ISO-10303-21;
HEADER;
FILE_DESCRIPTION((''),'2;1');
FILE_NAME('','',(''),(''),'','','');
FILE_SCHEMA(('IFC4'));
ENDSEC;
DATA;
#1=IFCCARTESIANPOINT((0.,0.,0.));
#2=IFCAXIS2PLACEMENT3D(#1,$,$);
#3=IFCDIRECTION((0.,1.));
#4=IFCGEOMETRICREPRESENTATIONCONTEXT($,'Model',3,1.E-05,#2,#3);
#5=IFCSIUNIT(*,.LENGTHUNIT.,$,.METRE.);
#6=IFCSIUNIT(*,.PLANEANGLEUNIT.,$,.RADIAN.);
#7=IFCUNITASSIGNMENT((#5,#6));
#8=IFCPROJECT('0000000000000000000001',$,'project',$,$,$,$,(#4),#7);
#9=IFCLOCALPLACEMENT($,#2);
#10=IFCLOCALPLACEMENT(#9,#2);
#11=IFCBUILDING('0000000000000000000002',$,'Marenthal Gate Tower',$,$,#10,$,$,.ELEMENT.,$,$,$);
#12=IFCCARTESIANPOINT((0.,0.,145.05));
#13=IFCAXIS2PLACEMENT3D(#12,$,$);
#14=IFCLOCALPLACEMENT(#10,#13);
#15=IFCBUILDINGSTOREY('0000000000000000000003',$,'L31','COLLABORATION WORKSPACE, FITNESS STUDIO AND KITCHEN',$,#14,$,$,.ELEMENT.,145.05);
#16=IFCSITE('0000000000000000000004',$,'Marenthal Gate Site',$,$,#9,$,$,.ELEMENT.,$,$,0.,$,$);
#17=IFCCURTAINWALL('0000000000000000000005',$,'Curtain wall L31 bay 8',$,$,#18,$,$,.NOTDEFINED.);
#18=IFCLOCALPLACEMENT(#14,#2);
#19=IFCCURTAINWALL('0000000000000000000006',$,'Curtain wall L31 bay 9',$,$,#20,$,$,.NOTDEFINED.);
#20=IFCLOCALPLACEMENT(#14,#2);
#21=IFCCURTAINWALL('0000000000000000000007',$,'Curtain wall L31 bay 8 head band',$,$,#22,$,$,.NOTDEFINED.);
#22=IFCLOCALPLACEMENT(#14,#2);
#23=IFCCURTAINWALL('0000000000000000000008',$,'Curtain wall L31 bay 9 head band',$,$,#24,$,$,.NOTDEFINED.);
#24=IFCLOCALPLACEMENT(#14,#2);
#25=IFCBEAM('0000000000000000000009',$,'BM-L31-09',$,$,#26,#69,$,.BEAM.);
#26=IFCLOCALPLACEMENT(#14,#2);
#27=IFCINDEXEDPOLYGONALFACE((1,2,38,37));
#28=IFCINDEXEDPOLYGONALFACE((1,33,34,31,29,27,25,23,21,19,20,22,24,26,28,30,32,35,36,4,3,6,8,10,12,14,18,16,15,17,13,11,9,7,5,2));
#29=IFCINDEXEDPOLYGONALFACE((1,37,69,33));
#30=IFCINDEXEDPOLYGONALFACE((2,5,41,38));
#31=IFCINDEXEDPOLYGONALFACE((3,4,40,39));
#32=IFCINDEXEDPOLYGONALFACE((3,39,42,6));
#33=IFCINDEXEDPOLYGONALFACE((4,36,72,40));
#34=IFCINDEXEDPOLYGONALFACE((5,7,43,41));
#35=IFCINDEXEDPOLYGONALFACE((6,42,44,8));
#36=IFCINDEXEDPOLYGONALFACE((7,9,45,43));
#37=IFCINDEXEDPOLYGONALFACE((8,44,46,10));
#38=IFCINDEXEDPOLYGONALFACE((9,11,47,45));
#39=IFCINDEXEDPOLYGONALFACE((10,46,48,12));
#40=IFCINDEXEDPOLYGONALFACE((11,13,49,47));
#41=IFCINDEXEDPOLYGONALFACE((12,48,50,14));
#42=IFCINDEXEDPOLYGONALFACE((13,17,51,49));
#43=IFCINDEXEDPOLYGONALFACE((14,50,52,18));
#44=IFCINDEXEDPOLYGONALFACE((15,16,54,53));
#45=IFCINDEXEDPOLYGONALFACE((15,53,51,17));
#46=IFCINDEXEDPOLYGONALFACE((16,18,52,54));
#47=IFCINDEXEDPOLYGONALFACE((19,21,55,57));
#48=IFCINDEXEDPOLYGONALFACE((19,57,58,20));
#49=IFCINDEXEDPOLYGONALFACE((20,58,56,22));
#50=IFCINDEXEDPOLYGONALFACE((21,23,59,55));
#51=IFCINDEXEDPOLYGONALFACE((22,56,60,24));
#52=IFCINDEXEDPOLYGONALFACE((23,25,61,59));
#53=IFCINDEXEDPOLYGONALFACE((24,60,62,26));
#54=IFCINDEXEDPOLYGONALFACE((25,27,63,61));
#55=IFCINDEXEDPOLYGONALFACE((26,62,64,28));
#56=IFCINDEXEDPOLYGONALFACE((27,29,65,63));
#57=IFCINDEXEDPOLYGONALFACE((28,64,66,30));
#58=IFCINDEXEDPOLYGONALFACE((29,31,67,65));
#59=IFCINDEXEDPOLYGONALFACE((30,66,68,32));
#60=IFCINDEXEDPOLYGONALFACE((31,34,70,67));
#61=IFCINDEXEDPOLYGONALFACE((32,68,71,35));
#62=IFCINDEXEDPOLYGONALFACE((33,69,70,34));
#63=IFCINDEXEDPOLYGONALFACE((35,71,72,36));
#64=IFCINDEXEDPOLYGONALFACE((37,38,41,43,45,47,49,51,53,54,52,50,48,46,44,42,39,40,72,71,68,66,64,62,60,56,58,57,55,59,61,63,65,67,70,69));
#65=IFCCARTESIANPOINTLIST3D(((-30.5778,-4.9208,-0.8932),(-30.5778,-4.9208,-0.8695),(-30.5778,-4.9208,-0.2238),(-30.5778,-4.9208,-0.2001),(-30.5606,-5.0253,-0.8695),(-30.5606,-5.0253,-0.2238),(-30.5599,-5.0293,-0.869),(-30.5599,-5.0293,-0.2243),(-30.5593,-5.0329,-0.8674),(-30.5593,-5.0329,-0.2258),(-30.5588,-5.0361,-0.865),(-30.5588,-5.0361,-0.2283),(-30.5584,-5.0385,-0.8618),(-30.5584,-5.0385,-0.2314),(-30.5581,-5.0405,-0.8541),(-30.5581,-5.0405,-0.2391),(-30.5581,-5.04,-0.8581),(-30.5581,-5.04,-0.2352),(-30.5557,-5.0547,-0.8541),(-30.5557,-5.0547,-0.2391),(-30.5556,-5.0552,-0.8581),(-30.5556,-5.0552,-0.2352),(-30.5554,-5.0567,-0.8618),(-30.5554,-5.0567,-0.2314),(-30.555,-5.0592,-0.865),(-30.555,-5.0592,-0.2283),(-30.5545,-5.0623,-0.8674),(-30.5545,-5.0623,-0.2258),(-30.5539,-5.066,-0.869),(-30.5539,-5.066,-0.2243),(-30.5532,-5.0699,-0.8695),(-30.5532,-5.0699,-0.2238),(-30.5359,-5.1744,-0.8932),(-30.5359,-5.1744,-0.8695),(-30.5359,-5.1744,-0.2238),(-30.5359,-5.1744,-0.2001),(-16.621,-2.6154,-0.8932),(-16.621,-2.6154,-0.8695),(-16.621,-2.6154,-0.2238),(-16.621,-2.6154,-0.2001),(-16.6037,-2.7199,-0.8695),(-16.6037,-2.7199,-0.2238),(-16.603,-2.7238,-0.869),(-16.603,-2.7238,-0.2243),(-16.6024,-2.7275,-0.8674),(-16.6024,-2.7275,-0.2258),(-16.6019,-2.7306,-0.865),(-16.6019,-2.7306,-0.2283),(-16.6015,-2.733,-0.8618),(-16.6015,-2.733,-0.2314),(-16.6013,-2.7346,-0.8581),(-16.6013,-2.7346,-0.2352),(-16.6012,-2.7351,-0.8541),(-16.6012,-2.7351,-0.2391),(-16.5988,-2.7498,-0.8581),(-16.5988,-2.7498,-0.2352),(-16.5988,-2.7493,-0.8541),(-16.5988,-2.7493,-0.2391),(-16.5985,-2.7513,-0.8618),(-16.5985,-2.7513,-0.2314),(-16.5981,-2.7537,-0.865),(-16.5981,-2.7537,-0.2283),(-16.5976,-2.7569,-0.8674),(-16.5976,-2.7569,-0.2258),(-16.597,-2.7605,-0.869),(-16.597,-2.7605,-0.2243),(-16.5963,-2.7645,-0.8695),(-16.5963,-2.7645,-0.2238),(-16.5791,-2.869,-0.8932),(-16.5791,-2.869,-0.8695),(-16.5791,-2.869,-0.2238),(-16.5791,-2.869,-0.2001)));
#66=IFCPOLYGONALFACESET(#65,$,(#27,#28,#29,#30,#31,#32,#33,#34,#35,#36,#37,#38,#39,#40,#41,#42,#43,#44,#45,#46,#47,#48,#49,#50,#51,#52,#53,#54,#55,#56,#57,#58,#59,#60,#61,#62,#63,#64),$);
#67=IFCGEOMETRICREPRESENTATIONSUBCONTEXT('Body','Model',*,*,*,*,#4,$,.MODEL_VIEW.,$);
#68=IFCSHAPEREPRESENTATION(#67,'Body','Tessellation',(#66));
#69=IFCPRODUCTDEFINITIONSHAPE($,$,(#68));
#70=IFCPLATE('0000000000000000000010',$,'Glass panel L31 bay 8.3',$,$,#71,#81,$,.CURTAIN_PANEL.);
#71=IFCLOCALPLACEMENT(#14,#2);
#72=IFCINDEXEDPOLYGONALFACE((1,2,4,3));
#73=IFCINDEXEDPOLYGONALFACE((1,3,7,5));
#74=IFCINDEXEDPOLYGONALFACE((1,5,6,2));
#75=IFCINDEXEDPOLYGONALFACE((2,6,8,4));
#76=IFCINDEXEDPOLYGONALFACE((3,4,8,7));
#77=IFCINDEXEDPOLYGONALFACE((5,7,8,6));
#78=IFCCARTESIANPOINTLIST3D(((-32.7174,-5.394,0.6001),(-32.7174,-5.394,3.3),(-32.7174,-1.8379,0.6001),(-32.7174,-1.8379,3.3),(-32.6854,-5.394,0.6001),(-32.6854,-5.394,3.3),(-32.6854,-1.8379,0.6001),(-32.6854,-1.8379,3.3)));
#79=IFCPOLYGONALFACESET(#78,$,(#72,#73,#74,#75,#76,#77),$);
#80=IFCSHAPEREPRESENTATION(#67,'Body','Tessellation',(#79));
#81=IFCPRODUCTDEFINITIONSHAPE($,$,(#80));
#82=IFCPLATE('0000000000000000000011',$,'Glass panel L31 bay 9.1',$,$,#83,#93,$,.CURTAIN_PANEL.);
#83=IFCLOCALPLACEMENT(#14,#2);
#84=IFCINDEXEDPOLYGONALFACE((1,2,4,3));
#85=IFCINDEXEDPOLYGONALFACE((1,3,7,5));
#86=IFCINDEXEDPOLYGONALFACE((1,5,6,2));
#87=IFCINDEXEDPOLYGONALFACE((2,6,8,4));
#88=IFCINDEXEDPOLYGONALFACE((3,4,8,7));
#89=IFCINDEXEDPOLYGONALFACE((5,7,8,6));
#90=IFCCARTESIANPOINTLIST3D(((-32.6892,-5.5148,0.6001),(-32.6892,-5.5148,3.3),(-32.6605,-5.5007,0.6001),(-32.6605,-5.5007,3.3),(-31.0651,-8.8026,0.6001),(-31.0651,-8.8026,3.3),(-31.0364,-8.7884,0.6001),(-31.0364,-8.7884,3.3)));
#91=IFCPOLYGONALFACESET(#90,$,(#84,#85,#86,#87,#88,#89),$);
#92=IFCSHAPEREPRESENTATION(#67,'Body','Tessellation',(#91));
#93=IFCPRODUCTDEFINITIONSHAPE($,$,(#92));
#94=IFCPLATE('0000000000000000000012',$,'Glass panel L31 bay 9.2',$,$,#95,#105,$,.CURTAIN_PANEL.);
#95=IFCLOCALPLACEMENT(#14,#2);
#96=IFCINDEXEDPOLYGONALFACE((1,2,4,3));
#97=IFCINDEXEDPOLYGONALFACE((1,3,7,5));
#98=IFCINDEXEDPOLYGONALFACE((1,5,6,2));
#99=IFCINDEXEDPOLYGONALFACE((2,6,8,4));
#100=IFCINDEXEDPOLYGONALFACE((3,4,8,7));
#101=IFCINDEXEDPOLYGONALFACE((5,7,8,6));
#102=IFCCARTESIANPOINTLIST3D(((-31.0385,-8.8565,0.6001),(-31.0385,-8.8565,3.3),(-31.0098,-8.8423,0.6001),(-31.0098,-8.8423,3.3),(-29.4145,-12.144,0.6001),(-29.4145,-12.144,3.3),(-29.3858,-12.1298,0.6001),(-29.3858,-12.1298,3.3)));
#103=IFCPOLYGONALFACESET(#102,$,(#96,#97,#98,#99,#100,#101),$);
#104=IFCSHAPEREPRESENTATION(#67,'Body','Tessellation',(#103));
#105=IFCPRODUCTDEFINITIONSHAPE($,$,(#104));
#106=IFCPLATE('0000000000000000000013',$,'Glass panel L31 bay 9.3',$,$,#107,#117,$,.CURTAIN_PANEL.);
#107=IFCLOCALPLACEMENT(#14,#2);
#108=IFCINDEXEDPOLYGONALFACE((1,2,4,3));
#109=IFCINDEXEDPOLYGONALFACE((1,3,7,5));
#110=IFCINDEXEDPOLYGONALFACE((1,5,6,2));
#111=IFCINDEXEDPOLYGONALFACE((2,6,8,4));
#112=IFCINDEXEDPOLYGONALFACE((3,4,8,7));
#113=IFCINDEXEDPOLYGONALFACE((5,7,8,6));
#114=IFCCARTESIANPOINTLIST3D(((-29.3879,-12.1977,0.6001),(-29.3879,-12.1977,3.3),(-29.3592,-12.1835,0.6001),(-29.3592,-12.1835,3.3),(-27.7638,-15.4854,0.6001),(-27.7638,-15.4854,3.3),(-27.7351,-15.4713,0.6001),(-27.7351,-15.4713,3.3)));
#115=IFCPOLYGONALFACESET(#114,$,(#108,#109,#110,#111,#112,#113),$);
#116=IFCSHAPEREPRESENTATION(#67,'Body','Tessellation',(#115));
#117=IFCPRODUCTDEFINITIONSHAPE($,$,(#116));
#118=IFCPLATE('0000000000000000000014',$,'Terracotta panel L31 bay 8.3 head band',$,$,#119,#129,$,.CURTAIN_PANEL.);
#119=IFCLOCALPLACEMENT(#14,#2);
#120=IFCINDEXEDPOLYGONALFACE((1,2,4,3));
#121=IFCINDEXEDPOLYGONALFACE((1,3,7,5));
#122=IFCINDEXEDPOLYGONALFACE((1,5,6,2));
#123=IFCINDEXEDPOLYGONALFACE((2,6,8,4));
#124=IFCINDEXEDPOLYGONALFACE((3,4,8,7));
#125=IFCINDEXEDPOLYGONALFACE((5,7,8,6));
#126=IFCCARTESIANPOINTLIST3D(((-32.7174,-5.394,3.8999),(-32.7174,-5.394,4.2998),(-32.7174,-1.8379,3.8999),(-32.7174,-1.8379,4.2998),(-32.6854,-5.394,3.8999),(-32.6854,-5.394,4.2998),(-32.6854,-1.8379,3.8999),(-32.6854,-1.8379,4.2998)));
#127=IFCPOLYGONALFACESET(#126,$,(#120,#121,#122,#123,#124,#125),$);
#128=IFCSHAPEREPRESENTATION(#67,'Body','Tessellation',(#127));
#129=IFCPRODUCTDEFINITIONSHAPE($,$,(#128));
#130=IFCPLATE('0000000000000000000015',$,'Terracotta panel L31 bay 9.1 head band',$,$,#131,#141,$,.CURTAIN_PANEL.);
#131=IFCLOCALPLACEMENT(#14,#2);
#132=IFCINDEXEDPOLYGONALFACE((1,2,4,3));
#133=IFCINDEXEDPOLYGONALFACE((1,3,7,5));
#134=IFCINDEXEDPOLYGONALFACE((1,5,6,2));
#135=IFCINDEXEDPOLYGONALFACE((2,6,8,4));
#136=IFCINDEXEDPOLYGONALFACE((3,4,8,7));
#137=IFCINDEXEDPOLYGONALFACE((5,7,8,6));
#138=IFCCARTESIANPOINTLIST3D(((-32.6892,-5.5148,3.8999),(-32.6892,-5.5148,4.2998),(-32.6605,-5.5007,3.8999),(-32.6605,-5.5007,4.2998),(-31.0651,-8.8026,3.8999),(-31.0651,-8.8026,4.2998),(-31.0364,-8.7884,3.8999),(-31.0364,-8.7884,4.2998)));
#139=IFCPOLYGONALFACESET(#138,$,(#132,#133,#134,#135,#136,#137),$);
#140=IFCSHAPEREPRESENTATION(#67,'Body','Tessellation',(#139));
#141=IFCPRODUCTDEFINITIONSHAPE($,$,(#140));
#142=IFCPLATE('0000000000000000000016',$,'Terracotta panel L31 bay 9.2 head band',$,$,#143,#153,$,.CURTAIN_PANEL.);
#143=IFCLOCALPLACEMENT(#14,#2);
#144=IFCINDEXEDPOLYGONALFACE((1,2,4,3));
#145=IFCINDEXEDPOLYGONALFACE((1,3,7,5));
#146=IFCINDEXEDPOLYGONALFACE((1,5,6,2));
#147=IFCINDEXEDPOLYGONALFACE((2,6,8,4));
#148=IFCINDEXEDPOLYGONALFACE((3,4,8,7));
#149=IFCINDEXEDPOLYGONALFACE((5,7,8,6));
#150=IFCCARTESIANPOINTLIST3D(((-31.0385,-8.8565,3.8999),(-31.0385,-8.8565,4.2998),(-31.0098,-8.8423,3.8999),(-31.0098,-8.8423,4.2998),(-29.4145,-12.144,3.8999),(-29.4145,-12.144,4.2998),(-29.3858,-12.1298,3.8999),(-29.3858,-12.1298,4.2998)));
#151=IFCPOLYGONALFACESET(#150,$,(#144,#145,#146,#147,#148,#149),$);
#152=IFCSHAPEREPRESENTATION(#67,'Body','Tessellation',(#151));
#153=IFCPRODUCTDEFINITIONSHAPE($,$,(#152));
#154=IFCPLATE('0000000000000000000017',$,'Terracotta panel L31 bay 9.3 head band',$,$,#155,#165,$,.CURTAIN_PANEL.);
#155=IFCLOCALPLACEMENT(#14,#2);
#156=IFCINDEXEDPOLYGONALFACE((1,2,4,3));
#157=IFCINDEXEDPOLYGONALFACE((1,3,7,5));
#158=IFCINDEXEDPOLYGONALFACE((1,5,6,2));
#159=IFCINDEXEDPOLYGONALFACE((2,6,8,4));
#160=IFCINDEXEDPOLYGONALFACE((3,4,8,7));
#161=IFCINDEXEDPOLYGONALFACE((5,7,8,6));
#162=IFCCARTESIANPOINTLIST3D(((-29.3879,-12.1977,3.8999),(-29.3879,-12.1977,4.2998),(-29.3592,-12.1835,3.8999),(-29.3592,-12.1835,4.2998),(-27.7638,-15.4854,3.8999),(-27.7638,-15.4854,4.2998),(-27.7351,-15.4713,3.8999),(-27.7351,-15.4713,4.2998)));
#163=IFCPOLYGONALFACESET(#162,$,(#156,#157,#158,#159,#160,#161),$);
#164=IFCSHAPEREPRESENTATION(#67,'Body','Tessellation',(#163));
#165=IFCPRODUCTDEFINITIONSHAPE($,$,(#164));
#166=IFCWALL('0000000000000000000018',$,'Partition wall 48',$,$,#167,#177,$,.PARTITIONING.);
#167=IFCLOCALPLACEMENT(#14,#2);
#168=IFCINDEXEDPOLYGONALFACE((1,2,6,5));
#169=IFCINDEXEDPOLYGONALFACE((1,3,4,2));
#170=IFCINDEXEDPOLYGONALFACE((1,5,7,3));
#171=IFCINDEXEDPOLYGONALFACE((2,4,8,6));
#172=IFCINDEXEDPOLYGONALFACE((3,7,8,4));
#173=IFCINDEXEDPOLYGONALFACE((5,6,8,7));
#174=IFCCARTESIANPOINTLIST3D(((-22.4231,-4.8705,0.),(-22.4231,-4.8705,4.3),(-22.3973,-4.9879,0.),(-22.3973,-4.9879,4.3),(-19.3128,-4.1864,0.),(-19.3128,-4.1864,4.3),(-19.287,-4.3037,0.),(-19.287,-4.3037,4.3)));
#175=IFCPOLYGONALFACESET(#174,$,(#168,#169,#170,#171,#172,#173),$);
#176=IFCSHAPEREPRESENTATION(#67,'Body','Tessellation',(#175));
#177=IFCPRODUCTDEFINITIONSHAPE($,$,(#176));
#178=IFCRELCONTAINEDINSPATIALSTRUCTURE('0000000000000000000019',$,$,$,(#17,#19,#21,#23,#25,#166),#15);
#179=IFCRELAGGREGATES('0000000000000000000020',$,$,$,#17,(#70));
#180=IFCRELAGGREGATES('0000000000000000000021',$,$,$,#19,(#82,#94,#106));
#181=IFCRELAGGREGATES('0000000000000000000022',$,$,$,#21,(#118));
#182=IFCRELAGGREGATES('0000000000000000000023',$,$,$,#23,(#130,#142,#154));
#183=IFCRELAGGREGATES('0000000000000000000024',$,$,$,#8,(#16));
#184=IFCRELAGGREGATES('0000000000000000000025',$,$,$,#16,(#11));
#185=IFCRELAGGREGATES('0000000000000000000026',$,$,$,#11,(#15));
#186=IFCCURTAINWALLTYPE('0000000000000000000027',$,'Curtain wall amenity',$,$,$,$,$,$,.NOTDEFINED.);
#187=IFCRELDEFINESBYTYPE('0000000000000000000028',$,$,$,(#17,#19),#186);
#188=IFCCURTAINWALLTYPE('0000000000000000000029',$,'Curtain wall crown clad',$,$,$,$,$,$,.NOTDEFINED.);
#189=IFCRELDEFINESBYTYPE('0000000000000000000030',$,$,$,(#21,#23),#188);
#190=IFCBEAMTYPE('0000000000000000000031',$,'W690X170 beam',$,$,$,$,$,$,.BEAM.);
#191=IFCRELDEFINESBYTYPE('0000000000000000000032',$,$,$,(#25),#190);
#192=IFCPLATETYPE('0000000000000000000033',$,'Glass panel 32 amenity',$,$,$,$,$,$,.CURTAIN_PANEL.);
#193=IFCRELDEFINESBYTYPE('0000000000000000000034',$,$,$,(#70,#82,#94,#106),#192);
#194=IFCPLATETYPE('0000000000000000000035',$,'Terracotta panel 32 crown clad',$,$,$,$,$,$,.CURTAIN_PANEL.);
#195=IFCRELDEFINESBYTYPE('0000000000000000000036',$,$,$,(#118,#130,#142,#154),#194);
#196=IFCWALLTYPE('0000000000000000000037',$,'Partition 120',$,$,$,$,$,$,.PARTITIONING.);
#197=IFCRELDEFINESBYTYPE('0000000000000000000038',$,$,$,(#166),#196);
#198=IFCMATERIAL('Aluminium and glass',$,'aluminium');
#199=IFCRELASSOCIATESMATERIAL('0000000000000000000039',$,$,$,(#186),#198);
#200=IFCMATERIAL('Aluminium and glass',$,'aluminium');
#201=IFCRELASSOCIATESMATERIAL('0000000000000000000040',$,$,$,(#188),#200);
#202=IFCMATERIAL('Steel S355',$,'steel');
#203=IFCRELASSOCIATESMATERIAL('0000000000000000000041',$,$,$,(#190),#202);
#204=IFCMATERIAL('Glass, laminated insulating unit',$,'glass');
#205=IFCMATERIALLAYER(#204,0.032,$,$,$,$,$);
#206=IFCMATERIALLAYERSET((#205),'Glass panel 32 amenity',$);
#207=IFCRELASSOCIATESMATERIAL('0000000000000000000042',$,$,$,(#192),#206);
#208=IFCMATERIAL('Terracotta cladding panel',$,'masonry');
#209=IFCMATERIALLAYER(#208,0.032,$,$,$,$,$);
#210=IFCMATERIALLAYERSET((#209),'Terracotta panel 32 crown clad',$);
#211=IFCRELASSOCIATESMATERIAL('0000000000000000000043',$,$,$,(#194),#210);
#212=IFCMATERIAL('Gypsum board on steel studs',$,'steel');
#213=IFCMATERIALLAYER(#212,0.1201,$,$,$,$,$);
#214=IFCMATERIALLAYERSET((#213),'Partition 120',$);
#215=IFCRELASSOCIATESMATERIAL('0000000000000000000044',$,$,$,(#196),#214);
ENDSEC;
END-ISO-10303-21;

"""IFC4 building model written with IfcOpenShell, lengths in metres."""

from ifc_helpers import new_model, si_unit, direction, frame, frame_2d, origin, origin_2d, place, context, subcontext, project, spatial, rectangle, i_section, extrude, material, layer, layer_set, material_profile, profile_set, type_object, element, aggregate, save


model = new_model("IFC4")

# Units and contexts
model_context = context("Model", 3, precision=1e-05, world=origin(), true_north=direction((0.0, 1.0)))
body_context = subcontext(model_context, "Body", "Model", "MODEL_VIEW")
ifc_project = project(units=[si_unit("LENGTHUNIT", "METRE"), si_unit("PLANEANGLEUNIT", "RADIAN")], contexts=[model_context])

# Site, building, storey
site_placement = place(None, origin())
site = spatial("IfcSite", under=ifc_project, at=site_placement, Name="Marenthal Gate Site", CompositionType="ELEMENT", RefElevation=0.0)
building_placement = place(site_placement, origin())
building = spatial("IfcBuilding", under=site, at=building_placement, Name="Marenthal Gate Tower", CompositionType="ELEMENT")
storey_placement = place(building_placement, frame((0.0, 0.0, 145.05)))
storey = spatial("IfcBuildingStorey", under=building, at=storey_placement, Name="L31", Description="COLLABORATION WORKSPACE, FITNESS STUDIO AND KITCHEN", CompositionType="ELEMENT", Elevation=145.05)

# Curtain walls
ifc_material_1 = material(Name="Aluminium and glass", Category="aluminium")
curtain_wall_type_1 = type_object("IfcCurtainWallType", Name="Curtain wall amenity", PredefinedType="NOTDEFINED", material=ifc_material_1)
curtain_wall_1_placement = place(storey_placement, origin())
curtain_wall_1 = element("IfcCurtainWall", 1, at=curtain_wall_1_placement, inside=storey, type_object=curtain_wall_type_1, Name="Curtain wall L31 bay 8", PredefinedType="NOTDEFINED")
curtain_wall_2_placement = place(storey_placement, origin())
curtain_wall_2 = element("IfcCurtainWall", 2, at=curtain_wall_2_placement, inside=storey, type_object=curtain_wall_type_1, Name="Curtain wall L31 bay 9", PredefinedType="NOTDEFINED")
ifc_material_2 = material(Name="Aluminium and glass", Category="aluminium")
curtain_wall_type_2 = type_object("IfcCurtainWallType", Name="Curtain wall crown clad", PredefinedType="NOTDEFINED", material=ifc_material_2)
curtain_wall_3_placement = place(storey_placement, origin())
curtain_wall_3 = element("IfcCurtainWall", 3, at=curtain_wall_3_placement, inside=storey, type_object=curtain_wall_type_2, Name="Curtain wall L31 bay 8 head band", PredefinedType="NOTDEFINED")
curtain_wall_4_placement = place(storey_placement, origin())
curtain_wall_4 = element("IfcCurtainWall", 4, at=curtain_wall_4_placement, inside=storey, type_object=curtain_wall_type_2, Name="Curtain wall L31 bay 9 head band", PredefinedType="NOTDEFINED")

# Beam
ifc_material_3 = material(Name="Steel S355", Category="steel")
ifc_material_profile_1 = material_profile(ifc_material_3, i_section(OverallWidth=0.2571, OverallDepth=0.6931, WebThickness=0.0144, FlangeThickness=0.0237, FilletRadius=0.0154, at=origin_2d()), Name="W690X170")
ifc_profile_set_1 = profile_set([ifc_material_profile_1], Name="Steel S355")
beam_type_1 = type_object("IfcBeamType", Name="W690X170 beam", PredefinedType="BEAM", material=ifc_profile_set_1)
beam_1_placement = place(storey_placement, frame((-30.5569, -5.0476, -0.5466), z_axis=(0.98663, 0.162974, 0.0), x_axis=(-0.162974, 0.98663, 0.0)))
element("IfcBeam", 5, at=beam_1_placement, inside=storey, type_object=beam_type_1, Name="BM-L31-09", PredefinedType="BEAM", context=body_context, shape_type="SweptSolid", body=[
    extrude(i_section(OverallWidth=0.2571, OverallDepth=0.6931, WebThickness=0.0144, FlangeThickness=0.0237, FilletRadius=0.0154, at=origin_2d()), origin(), (0.0, 0.0, 1.0), 14.146),
])

# Plates
ifc_material_4 = material(Name="Glass, laminated insulating unit", Category="glass")
ifc_layer_1 = layer(ifc_material_4, 0.032)
ifc_layer_set_1 = layer_set([ifc_layer_1], Name="Glass panel 32 amenity")
plate_type_1 = type_object("IfcPlateType", Name="Glass panel 32 amenity", PredefinedType="CURTAIN_PANEL", material=ifc_layer_set_1)
plate_1_placement = place(storey_placement, frame((-32.7014, -3.616, 0.6001), z_axis=(0.0, 0.0, 1.0), x_axis=(0.0, -1.0, 0.0)))
plate_1 = element("IfcPlate", 6, at=plate_1_placement, type_object=plate_type_1, Name="Glass panel L31 bay 8.3", PredefinedType="CURTAIN_PANEL", context=body_context, shape_type="SweptSolid", body=[
    extrude(rectangle(XDim=3.5562, YDim=0.032, at=origin_2d()), origin(), (0.0, 0.0, 1.0), 2.7),
])
aggregate(curtain_wall_1, [plate_1])
plate_2_placement = place(storey_placement, frame((-31.8628, -7.1516, 0.6001), z_axis=(0.0, 0.0, 1.0), x_axis=(0.442895, -0.896573, 0.0)))
plate_2 = element("IfcPlate", 7, at=plate_2_placement, type_object=plate_type_1, Name="Glass panel L31 bay 9.1", PredefinedType="CURTAIN_PANEL", context=body_context, shape_type="SweptSolid", body=[
    extrude(rectangle(XDim=3.667, YDim=0.032, at=origin_2d()), origin(), (0.0, 0.0, 1.0), 2.7),
])
plate_3_placement = place(storey_placement, frame((-30.2122, -10.4932, 0.6001), z_axis=(0.0, 0.0, 1.0), x_axis=(0.442895, -0.896573, 0.0)))
plate_3 = element("IfcPlate", 8, at=plate_3_placement, type_object=plate_type_1, Name="Glass panel L31 bay 9.2", PredefinedType="CURTAIN_PANEL", context=body_context, shape_type="SweptSolid", body=[
    extrude(rectangle(XDim=3.6667, YDim=0.032, at=origin_2d()), origin(), (0.0, 0.0, 1.0), 2.7),
])
plate_4_placement = place(storey_placement, frame((-28.5615, -13.8345, 0.6001), z_axis=(0.0, 0.0, 1.0), x_axis=(0.442895, -0.896573, 0.0)))
plate_4 = element("IfcPlate", 9, at=plate_4_placement, type_object=plate_type_1, Name="Glass panel L31 bay 9.3", PredefinedType="CURTAIN_PANEL", context=body_context, shape_type="SweptSolid", body=[
    extrude(rectangle(XDim=3.667, YDim=0.032, at=origin_2d()), origin(), (0.0, 0.0, 1.0), 2.7),
])
aggregate(curtain_wall_2, [plate_2, plate_3, plate_4])
ifc_material_5 = material(Name="Terracotta cladding panel", Category="masonry")
ifc_layer_2 = layer(ifc_material_5, 0.032)
ifc_layer_set_2 = layer_set([ifc_layer_2], Name="Terracotta panel 32 crown clad")
plate_type_2 = type_object("IfcPlateType", Name="Terracotta panel 32 crown clad", PredefinedType="CURTAIN_PANEL", material=ifc_layer_set_2)
plate_5_placement = place(storey_placement, frame((-32.7014, -3.616, 3.8999), z_axis=(0.0, 0.0, 1.0), x_axis=(0.0, -1.0, 0.0)))
plate_5 = element("IfcPlate", 10, at=plate_5_placement, type_object=plate_type_2, Name="Terracotta panel L31 bay 8.3 head band", PredefinedType="CURTAIN_PANEL", context=body_context, shape_type="SweptSolid", body=[
    extrude(rectangle(XDim=3.5562, YDim=0.032, at=origin_2d()), origin(), (0.0, 0.0, 1.0), 0.3999),
])
aggregate(curtain_wall_3, [plate_5])
plate_6_placement = place(storey_placement, frame((-31.8628, -7.1516, 3.8999), z_axis=(0.0, 0.0, 1.0), x_axis=(0.442895, -0.896573, 0.0)))
plate_6 = element("IfcPlate", 11, at=plate_6_placement, type_object=plate_type_2, Name="Terracotta panel L31 bay 9.1 head band", PredefinedType="CURTAIN_PANEL", context=body_context, shape_type="SweptSolid", body=[
    extrude(rectangle(XDim=3.667, YDim=0.032, at=origin_2d()), origin(), (0.0, 0.0, 1.0), 0.3999),
])
plate_7_placement = place(storey_placement, frame((-30.2122, -10.4932, 3.8999), z_axis=(0.0, 0.0, 1.0), x_axis=(0.442895, -0.896573, 0.0)))
plate_7 = element("IfcPlate", 12, at=plate_7_placement, type_object=plate_type_2, Name="Terracotta panel L31 bay 9.2 head band", PredefinedType="CURTAIN_PANEL", context=body_context, shape_type="SweptSolid", body=[
    extrude(rectangle(XDim=3.6667, YDim=0.032, at=origin_2d()), origin(), (0.0, 0.0, 1.0), 0.3999),
])
plate_8_placement = place(storey_placement, frame((-28.5615, -13.8345, 3.8999), z_axis=(0.0, 0.0, 1.0), x_axis=(0.442895, -0.896573, 0.0)))
plate_8 = element("IfcPlate", 13, at=plate_8_placement, type_object=plate_type_2, Name="Terracotta panel L31 bay 9.3 head band", PredefinedType="CURTAIN_PANEL", context=body_context, shape_type="SweptSolid", body=[
    extrude(rectangle(XDim=3.667, YDim=0.032, at=origin_2d()), origin(), (0.0, 0.0, 1.0), 0.3999),
])
aggregate(curtain_wall_4, [plate_6, plate_7, plate_8])

# Wall
ifc_material_6 = material(Name="Gypsum board on steel studs", Category="steel")
ifc_layer_3 = layer(ifc_material_6, 0.1201)
ifc_layer_set_3 = layer_set([ifc_layer_3], Name="Partition 120")
wall_type = type_object("IfcWallType", Name="Partition 120", PredefinedType="PARTITIONING", material=ifc_layer_set_3)
wall_placement = place(storey_placement, frame((-22.4102, -4.9292, 0.0), z_axis=(0.0, 0.0, 1.0), x_axis=(0.976654, 0.214819, 0.0)))
element("IfcWall", 14, at=wall_placement, inside=storey, type_object=wall_type, Name="Partition wall 48", PredefinedType="PARTITIONING", context=body_context, shape_type="SweptSolid", body=[
    extrude(rectangle(XDim=3.1846, YDim=0.1201, at=frame_2d((1.5923, 0.0))), origin(), (0.0, 0.0, 1.0), 4.3),
])

save(model, "model.ifc")
